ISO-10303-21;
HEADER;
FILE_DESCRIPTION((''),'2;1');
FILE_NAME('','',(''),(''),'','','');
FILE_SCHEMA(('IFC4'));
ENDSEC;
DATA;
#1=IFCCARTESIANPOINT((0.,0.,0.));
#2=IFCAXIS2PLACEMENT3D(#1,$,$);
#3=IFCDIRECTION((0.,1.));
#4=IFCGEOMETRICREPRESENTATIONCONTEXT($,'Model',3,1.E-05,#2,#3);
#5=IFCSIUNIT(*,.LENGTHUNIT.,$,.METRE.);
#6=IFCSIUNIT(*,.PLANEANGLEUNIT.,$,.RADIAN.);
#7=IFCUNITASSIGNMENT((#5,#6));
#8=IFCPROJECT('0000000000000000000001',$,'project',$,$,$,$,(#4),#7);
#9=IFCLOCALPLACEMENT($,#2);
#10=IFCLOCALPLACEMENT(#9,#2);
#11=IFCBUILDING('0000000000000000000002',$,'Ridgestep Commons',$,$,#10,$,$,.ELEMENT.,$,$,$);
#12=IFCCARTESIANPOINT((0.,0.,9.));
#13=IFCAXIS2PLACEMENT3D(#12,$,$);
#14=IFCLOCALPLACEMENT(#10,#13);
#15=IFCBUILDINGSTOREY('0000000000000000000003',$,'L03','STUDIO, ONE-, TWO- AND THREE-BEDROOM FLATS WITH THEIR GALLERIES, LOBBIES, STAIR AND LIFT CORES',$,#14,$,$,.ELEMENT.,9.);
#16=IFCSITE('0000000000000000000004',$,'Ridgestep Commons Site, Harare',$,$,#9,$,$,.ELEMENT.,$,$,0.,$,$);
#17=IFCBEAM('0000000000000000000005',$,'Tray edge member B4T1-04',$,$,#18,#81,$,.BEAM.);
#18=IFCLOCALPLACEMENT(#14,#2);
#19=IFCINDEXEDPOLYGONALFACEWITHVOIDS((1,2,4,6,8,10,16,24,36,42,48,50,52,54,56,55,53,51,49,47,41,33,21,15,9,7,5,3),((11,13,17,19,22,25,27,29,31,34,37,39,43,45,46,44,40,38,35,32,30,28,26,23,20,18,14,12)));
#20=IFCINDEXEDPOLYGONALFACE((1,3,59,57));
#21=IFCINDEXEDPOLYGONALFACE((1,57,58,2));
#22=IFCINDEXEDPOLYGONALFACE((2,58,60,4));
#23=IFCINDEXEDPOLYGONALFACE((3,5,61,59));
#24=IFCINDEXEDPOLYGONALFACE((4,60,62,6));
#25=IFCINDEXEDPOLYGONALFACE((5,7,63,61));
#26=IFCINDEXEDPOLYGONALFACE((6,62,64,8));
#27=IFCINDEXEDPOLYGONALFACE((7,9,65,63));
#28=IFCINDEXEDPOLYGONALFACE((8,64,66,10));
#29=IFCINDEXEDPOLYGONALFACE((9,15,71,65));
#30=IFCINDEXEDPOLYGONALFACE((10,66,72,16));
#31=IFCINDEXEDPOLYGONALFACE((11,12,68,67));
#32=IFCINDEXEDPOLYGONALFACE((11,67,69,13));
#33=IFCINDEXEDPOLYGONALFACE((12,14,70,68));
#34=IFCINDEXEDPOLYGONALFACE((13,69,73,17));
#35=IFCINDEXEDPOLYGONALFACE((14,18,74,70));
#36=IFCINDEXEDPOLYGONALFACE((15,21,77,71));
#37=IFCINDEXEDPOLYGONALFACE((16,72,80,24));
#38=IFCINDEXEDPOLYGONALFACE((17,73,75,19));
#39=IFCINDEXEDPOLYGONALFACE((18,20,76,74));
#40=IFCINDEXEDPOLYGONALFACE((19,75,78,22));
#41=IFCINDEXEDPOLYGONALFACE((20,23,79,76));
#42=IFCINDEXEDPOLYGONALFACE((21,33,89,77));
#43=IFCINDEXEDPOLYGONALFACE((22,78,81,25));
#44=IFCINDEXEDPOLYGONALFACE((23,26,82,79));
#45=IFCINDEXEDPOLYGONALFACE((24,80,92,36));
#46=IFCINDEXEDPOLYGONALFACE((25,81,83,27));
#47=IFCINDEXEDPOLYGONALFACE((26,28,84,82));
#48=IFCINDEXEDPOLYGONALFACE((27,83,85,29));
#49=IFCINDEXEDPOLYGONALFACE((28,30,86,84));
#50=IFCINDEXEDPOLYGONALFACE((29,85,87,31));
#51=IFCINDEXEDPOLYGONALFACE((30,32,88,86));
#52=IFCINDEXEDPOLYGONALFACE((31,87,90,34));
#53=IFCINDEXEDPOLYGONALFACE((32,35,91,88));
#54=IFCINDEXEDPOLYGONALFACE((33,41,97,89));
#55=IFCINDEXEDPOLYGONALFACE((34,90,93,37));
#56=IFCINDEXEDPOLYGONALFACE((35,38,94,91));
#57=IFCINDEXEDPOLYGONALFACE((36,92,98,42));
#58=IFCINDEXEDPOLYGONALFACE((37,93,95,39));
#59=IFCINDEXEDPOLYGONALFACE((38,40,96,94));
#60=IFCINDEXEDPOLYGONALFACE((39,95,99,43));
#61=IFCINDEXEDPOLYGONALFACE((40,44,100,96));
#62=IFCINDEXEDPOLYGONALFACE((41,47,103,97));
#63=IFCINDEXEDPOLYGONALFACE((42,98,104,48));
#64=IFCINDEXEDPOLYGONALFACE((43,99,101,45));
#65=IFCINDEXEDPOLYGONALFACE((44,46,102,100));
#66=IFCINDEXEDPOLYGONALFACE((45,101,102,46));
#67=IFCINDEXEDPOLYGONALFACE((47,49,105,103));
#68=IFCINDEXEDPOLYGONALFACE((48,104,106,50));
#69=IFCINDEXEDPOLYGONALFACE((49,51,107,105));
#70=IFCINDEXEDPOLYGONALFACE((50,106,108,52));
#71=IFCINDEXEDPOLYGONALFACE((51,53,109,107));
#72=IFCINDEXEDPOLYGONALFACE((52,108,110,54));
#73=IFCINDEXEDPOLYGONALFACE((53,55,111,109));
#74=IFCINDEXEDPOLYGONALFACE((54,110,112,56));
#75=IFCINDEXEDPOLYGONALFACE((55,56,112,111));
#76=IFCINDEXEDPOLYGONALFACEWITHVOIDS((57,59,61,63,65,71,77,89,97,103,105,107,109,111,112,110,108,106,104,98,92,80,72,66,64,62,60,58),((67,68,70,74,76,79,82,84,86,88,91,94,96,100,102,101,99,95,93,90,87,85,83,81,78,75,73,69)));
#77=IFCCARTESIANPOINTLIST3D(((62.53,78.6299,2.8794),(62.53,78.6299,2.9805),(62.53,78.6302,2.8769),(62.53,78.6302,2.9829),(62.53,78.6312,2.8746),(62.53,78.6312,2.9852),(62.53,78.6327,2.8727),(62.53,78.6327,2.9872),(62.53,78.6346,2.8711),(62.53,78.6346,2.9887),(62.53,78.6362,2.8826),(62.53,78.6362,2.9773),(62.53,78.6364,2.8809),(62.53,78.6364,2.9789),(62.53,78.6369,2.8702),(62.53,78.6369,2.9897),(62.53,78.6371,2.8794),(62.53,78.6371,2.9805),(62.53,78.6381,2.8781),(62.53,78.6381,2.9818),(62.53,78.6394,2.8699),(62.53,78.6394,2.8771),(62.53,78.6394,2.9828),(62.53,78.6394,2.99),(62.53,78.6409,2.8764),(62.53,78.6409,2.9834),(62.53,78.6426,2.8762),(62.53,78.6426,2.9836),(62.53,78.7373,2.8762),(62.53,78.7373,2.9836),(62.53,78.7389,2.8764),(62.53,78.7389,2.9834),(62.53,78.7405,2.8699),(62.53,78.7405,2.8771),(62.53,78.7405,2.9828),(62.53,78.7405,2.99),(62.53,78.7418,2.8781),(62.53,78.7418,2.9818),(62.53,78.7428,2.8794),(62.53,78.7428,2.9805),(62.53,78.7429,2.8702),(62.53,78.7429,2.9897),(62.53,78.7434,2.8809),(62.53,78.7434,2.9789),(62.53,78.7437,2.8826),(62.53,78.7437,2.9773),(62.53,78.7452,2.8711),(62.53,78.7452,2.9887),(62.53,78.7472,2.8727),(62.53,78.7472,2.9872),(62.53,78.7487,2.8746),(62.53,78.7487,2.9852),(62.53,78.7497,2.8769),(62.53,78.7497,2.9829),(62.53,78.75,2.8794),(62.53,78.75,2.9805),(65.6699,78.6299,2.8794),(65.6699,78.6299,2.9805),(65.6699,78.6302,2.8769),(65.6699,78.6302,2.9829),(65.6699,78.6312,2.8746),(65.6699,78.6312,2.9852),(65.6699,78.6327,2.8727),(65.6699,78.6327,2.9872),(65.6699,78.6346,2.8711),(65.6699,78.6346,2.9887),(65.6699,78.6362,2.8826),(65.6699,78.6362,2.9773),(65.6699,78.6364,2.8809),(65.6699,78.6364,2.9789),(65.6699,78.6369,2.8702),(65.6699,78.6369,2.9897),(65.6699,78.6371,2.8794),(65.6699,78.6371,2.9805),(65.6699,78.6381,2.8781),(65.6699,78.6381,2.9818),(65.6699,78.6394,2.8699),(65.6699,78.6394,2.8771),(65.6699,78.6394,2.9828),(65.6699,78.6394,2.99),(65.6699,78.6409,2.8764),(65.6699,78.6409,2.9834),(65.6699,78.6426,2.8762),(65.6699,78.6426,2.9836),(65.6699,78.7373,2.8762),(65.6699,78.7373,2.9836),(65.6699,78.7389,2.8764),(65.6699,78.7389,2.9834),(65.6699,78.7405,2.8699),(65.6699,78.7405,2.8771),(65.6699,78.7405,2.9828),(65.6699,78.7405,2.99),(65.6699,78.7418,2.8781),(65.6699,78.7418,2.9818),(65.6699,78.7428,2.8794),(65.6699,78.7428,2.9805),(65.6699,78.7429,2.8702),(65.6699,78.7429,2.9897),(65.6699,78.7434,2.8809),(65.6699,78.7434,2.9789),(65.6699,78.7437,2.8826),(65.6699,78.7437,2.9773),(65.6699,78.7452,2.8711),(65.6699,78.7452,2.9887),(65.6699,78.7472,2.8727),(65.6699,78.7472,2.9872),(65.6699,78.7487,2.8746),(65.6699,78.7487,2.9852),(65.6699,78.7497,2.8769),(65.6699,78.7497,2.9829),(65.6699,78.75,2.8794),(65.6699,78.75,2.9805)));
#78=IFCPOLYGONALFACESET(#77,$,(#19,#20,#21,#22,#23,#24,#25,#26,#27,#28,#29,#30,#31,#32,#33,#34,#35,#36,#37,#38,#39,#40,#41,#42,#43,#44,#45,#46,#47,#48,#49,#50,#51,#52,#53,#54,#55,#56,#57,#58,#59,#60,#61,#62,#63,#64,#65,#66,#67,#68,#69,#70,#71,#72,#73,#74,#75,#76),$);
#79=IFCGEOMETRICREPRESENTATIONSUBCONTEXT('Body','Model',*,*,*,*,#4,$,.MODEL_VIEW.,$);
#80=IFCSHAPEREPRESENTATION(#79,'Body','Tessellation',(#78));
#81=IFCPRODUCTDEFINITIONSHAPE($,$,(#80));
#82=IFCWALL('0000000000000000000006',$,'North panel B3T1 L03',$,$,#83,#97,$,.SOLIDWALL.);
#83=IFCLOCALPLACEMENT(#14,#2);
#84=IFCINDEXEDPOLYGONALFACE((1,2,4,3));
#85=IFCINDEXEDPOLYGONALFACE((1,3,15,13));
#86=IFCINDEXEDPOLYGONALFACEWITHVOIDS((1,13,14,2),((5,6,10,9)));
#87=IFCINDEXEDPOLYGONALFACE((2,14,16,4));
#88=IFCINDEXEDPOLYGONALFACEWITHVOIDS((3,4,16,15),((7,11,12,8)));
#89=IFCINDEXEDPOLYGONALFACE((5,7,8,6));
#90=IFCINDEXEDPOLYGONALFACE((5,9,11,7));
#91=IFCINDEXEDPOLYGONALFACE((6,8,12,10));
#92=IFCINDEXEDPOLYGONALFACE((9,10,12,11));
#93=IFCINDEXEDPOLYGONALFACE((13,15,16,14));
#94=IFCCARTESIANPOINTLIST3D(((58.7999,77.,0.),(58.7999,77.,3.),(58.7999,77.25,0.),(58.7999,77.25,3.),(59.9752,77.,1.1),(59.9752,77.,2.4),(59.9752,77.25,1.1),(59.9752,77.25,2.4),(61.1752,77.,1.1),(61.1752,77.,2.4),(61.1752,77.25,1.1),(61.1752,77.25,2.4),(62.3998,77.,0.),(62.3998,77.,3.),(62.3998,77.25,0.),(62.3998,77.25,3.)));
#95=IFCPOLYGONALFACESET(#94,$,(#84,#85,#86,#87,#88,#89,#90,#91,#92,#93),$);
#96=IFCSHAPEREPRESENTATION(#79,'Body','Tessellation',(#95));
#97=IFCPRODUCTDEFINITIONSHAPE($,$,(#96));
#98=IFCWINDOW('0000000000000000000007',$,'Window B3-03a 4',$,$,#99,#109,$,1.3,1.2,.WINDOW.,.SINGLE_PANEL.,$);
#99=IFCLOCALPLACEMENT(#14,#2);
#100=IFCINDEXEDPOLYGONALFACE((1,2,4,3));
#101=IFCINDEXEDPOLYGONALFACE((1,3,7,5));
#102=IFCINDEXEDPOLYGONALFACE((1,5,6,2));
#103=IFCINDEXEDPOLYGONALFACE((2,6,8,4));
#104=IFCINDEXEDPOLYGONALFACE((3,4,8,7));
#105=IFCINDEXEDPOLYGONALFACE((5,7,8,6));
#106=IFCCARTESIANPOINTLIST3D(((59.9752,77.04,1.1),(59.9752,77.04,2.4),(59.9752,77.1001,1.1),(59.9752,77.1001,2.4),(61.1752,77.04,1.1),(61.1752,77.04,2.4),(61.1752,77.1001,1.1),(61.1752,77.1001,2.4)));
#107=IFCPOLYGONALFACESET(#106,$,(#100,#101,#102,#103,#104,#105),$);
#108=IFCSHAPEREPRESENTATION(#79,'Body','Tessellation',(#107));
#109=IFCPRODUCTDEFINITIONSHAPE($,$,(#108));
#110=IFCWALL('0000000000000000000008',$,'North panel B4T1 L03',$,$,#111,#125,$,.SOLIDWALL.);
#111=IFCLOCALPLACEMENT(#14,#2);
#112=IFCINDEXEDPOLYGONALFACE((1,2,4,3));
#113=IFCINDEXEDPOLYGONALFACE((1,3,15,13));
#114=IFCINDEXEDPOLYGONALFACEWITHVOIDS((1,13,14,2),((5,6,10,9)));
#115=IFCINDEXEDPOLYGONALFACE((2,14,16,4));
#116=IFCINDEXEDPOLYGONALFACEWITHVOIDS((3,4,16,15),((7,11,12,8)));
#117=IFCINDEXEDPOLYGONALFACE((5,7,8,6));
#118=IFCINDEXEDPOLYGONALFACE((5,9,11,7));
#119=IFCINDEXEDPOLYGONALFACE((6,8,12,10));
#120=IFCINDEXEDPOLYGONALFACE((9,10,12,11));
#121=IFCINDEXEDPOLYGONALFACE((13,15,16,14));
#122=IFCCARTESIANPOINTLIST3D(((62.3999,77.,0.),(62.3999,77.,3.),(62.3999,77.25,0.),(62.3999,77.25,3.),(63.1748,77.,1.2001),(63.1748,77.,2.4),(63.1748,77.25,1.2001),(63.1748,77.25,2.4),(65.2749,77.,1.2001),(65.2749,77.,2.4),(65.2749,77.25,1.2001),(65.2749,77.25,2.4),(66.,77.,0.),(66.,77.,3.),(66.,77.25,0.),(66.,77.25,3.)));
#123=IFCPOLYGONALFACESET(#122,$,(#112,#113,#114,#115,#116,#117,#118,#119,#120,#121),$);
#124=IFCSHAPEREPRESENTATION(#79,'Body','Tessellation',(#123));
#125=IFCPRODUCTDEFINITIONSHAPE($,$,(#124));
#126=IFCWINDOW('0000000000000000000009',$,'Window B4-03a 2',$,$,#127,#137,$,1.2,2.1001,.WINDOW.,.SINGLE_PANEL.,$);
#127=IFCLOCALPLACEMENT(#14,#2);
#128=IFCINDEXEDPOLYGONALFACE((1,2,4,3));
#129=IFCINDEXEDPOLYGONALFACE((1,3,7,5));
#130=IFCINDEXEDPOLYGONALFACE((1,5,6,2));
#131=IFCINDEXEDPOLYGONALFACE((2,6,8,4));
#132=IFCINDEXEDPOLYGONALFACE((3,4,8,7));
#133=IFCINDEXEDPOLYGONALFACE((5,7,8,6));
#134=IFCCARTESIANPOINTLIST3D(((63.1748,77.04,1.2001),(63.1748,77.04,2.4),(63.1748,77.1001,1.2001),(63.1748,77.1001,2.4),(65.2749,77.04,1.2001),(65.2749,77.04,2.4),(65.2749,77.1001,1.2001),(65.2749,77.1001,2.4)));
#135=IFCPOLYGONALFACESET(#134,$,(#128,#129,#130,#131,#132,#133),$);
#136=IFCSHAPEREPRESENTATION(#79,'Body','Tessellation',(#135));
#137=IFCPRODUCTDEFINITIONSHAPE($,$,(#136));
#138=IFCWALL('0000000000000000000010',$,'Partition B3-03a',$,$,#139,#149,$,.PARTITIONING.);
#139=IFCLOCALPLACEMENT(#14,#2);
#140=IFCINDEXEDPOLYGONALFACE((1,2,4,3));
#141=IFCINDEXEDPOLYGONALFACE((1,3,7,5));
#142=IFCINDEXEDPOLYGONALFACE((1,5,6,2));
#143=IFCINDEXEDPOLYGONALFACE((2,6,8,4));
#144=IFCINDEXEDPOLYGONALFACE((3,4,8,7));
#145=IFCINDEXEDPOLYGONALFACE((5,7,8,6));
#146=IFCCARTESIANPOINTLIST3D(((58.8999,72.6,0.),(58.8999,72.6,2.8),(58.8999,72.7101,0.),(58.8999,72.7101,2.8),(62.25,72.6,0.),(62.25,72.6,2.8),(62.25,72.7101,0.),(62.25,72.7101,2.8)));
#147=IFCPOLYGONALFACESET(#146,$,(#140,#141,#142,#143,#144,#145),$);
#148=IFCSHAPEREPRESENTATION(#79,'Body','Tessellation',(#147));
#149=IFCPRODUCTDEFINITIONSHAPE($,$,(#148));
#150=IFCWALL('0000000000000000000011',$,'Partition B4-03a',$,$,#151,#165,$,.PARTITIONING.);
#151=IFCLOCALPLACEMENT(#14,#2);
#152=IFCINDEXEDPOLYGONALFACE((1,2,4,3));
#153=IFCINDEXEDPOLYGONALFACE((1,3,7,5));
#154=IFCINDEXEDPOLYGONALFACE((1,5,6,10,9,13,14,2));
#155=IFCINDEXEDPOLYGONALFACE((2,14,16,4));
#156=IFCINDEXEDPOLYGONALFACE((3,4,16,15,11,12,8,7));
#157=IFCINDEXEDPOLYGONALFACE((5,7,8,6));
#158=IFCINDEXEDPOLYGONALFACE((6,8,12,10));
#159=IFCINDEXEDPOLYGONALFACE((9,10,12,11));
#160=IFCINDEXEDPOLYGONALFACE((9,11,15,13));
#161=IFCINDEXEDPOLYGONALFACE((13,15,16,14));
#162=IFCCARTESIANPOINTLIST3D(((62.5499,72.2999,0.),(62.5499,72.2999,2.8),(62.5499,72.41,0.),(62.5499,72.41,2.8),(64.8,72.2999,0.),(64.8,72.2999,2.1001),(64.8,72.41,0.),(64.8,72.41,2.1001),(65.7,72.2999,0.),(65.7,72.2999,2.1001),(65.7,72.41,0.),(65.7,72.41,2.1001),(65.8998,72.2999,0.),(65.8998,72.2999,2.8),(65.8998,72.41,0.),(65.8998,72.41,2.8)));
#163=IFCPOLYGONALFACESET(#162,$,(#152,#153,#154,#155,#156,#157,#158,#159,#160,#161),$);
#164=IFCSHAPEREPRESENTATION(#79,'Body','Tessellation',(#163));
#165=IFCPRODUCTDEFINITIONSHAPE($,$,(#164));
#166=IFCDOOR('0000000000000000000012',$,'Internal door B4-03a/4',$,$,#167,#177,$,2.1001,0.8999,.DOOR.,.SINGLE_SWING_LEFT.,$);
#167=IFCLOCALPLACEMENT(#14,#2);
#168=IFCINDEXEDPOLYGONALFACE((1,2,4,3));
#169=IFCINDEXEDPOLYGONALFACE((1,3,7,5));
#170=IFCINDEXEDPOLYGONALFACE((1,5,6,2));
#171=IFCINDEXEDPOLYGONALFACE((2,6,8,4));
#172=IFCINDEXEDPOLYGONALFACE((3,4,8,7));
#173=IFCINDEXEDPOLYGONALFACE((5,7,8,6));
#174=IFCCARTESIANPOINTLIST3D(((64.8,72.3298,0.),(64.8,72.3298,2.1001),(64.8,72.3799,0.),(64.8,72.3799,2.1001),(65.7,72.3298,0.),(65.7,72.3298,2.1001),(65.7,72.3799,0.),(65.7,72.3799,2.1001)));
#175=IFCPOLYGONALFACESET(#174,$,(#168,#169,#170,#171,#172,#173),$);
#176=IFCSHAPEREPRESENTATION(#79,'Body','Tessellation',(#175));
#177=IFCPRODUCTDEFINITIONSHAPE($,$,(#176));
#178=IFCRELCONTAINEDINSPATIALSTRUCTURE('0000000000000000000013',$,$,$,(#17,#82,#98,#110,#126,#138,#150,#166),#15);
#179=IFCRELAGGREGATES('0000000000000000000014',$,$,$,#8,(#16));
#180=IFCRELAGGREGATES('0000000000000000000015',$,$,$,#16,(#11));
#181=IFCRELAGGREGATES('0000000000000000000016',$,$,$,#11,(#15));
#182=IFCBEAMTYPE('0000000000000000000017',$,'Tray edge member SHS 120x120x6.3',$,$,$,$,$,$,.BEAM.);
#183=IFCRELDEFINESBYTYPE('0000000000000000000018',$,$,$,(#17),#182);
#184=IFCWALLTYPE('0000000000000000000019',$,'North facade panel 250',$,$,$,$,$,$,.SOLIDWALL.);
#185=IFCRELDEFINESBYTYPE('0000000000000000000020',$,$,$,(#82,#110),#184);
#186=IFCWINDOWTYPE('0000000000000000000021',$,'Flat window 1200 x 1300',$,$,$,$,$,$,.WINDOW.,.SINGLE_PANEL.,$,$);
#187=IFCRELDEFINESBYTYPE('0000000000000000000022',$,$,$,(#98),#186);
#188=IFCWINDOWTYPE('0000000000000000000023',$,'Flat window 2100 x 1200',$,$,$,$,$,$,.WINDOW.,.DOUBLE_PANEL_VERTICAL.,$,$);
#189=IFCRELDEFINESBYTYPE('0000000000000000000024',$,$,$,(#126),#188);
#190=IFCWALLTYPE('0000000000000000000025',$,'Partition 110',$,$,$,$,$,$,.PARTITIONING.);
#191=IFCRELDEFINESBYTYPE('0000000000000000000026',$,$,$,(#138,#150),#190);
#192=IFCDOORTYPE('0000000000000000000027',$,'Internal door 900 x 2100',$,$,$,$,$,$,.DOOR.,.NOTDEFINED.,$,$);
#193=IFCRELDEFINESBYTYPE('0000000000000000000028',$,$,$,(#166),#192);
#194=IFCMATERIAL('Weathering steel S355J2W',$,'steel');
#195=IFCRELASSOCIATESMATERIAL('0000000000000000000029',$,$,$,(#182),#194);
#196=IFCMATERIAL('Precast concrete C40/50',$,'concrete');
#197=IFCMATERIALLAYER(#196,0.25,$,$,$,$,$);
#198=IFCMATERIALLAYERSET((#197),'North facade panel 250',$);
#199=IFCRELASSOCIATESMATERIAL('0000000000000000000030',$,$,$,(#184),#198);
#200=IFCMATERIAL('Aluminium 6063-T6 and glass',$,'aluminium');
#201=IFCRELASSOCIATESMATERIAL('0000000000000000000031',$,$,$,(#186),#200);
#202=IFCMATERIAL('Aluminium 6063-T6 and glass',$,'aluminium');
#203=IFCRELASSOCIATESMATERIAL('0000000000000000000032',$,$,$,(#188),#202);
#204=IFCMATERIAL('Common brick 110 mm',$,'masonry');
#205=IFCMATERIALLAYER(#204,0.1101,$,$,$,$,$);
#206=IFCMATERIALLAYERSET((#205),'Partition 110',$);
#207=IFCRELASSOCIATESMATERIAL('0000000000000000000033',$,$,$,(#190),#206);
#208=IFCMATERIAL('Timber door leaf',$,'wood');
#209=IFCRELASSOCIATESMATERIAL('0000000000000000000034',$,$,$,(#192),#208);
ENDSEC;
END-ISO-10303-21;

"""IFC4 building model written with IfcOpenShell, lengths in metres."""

from ifc_helpers import new_model, si_unit, direction, frame, frame_2d, origin, origin_2d, place, context, subcontext, project, spatial, rectangle, hollow_rectangle, extrude, material, layer, layer_set, material_profile, profile_set, type_object, element, fill, save


model = new_model("IFC4")

# Units and contexts
model_context = context("Model", 3, precision=1e-05, world=origin(), true_north=direction((0.0, 1.0)))
body_context = subcontext(model_context, "Body", "Model", "MODEL_VIEW")
ifc_project = project(units=[si_unit("LENGTHUNIT", "METRE"), si_unit("PLANEANGLEUNIT", "RADIAN")], contexts=[model_context])

# Site, building, storey
site_placement = place(None, origin())
site = spatial("IfcSite", under=ifc_project, at=site_placement, Name="Ridgestep Commons Site, Harare", CompositionType="ELEMENT", RefElevation=0.0)
building_placement = place(site_placement, origin())
building = spatial("IfcBuilding", under=site, at=building_placement, Name="Ridgestep Commons", CompositionType="ELEMENT")
storey_placement = place(building_placement, frame((0.0, 0.0, 9.0)))
storey = spatial("IfcBuildingStorey", under=building, at=storey_placement, Name="L03", Description="STUDIO, ONE-, TWO- AND THREE-BEDROOM FLATS WITH THEIR GALLERIES, LOBBIES, STAIR AND LIFT CORES", CompositionType="ELEMENT", Elevation=9.0)

# Beam
ifc_material_1 = material(Name="Weathering steel S355J2W", Category="steel")
ifc_material_profile_1 = material_profile(ifc_material_1, hollow_rectangle(XDim=0.1201, YDim=0.1201, WallThickness=0.0063, InnerFilletRadius=0.0063, OuterFilletRadius=0.0095, at=origin_2d()), Name="SHS 120x120x6.3")
ifc_profile_set_1 = profile_set([ifc_material_profile_1], Name="Weathering steel S355J2W")
beam_type_1 = type_object("IfcBeamType", Name="Tray edge member SHS 120x120x6.3", PredefinedType="BEAM", material=ifc_profile_set_1)
beam_placement = place(storey_placement, frame((62.53, 78.6899, 2.9299), z_axis=(1.0, 0.0, 0.0), x_axis=(0.0, 0.0, 1.0)))
element("IfcBeam", 1, at=beam_placement, inside=storey, type_object=beam_type_1, Name="Tray edge member B4T1-04", PredefinedType="BEAM", context=body_context, shape_type="SweptSolid", body=[
    extrude(hollow_rectangle(XDim=0.1201, YDim=0.1201, WallThickness=0.0063, InnerFilletRadius=0.0063, OuterFilletRadius=0.0095, at=origin_2d()), origin(), (0.0, 0.0, 1.0), 3.1399),
])

# Walls, openings, windows
ifc_material_2 = material(Name="Precast concrete C40/50", Category="concrete")
ifc_layer_1 = layer(ifc_material_2, 0.25)
ifc_layer_set_1 = layer_set([ifc_layer_1], Name="North facade panel 250")
wall_type_1 = type_object("IfcWallType", Name="North facade panel 250", PredefinedType="SOLIDWALL", material=ifc_layer_set_1)
wall_1_placement = place(storey_placement, frame((58.8, 77.125, 0.0), z_axis=(0.0, 0.0, 1.0), x_axis=(1.0, 0.0, 0.0)))
wall_1 = element("IfcWall", 2, at=wall_1_placement, inside=storey, type_object=wall_type_1, Name="North panel B3T1 L03", PredefinedType="SOLIDWALL", context=body_context, shape_type="SweptSolid", body=[
    extrude(rectangle(XDim=3.5999, YDim=0.25, at=frame_2d((1.7998, 0.0))), origin(), (0.0, 0.0, 1.0), 3.0),
])
opening_1_placement = place(wall_1_placement, frame((1.175, 0.0, 1.1001)))
opening_1 = element("IfcOpeningElement", 3, at=opening_1_placement, cuts=wall_1, PredefinedType="OPENING", context=body_context, shape_type="SweptSolid", body=[
    extrude(rectangle(XDim=1.2, YDim=1.3, at=frame_2d((0.6001, 0.6499))), frame((0.0, 0.135, 0.0), z_axis=(0.0, -1.0, 0.0), x_axis=(1.0, 0.0, 0.0)), (0.0, 0.0, 1.0), 0.27),
])
ifc_material_3 = material(Name="Aluminium 6063-T6 and glass", Category="aluminium")
window_type_1 = type_object("IfcWindowType", Name="Flat window 1200 x 1300", PartitioningType="SINGLE_PANEL", PredefinedType="WINDOW", material=ifc_material_3)
window_1_placement = place(opening_1_placement, origin())
window_1 = element("IfcWindow", 4, at=window_1_placement, inside=storey, type_object=window_type_1, Name="Window B3-03a 4", OverallHeight=1.3, OverallWidth=1.2, PartitioningType="SINGLE_PANEL", PredefinedType="WINDOW", context=body_context, shape_type="SweptSolid", body=[
    extrude(rectangle(XDim=1.2, YDim=1.3, at=frame_2d((0.6001, 0.6499))), frame((0.0, -0.0249, 0.0), z_axis=(0.0, -1.0, 0.0), x_axis=(1.0, 0.0, 0.0)), (0.0, 0.0, 1.0), 0.0601),
])
fill(opening_1, window_1)
wall_2_placement = place(storey_placement, frame((62.3999, 77.125, 0.0), z_axis=(0.0, 0.0, 1.0), x_axis=(1.0, 0.0, 0.0)))
wall_2 = element("IfcWall", 5, at=wall_2_placement, inside=storey, type_object=wall_type_1, Name="North panel B4T1 L03", PredefinedType="SOLIDWALL", context=body_context, shape_type="SweptSolid", body=[
    extrude(rectangle(XDim=3.6001, YDim=0.25, at=frame_2d((1.8, 0.0))), origin(), (0.0, 0.0, 1.0), 3.0),
])
opening_2_placement = place(wall_2_placement, frame((0.7749, 0.0, 1.2)))
opening_2 = element("IfcOpeningElement", 6, at=opening_2_placement, cuts=wall_2, PredefinedType="OPENING", context=body_context, shape_type="SweptSolid", body=[
    extrude(rectangle(XDim=2.1001, YDim=1.2, at=frame_2d((1.05, 0.6001))), frame((0.0, 0.135, 0.0), z_axis=(0.0, -1.0, 0.0), x_axis=(1.0, 0.0, 0.0)), (0.0, 0.0, 1.0), 0.27),
])
ifc_material_4 = material(Name="Aluminium 6063-T6 and glass", Category="aluminium")
window_type_2 = type_object("IfcWindowType", Name="Flat window 2100 x 1200", PartitioningType="DOUBLE_PANEL_VERTICAL", PredefinedType="WINDOW", material=ifc_material_4)
window_2_placement = place(opening_2_placement, origin())
window_2 = element("IfcWindow", 7, at=window_2_placement, inside=storey, type_object=window_type_2, Name="Window B4-03a 2", OverallHeight=1.2, OverallWidth=2.1001, PartitioningType="SINGLE_PANEL", PredefinedType="WINDOW", context=body_context, shape_type="SweptSolid", body=[
    extrude(rectangle(XDim=2.1001, YDim=1.2, at=frame_2d((1.05, 0.6001))), frame((0.0, -0.0249, 0.0), z_axis=(0.0, -1.0, 0.0), x_axis=(1.0, 0.0, 0.0)), (0.0, 0.0, 1.0), 0.0601),
])
fill(opening_2, window_2)

# Wall
ifc_material_5 = material(Name="Common brick 110 mm", Category="masonry")
ifc_layer_2 = layer(ifc_material_5, 0.1101)
ifc_layer_set_2 = layer_set([ifc_layer_2], Name="Partition 110")
wall_type_2 = type_object("IfcWallType", Name="Partition 110", PredefinedType="PARTITIONING", material=ifc_layer_set_2)
wall_3_placement = place(storey_placement, frame((58.8999, 72.655, 0.0), z_axis=(0.0, 0.0, 1.0), x_axis=(1.0, 0.0, 0.0)))
element("IfcWall", 8, at=wall_3_placement, inside=storey, type_object=wall_type_2, Name="Partition B3-03a", PredefinedType="PARTITIONING", context=body_context, shape_type="SweptSolid", body=[
    extrude(rectangle(XDim=3.3501, YDim=0.1101, at=frame_2d((1.675, 0.0))), origin(), (0.0, 0.0, 1.0), 2.8),
])

# Wall, opening, door
wall_4_placement = place(storey_placement, frame((62.55, 72.355, 0.0), z_axis=(0.0, 0.0, 1.0), x_axis=(1.0, 0.0, 0.0)))
wall_4 = element("IfcWall", 9, at=wall_4_placement, inside=storey, type_object=wall_type_2, Name="Partition B4-03a", PredefinedType="PARTITIONING", context=body_context, shape_type="SweptSolid", body=[
    extrude(rectangle(XDim=3.3499, YDim=0.1101, at=frame_2d((1.6748, 0.0))), origin(), (0.0, 0.0, 1.0), 2.8),
])
opening_3_placement = place(wall_4_placement, frame((2.25, 0.0, 0.0)))
opening_3 = element("IfcOpeningElement", 10, at=opening_3_placement, cuts=wall_4, PredefinedType="OPENING", context=body_context, shape_type="SweptSolid", body=[
    extrude(rectangle(XDim=0.8999, YDim=2.1001, at=frame_2d((0.45, 1.05))), frame((0.0, 0.0649, 0.0), z_axis=(0.0, -1.0, 0.0), x_axis=(1.0, 0.0, 0.0)), (0.0, 0.0, 1.0), 0.1301),
])
ifc_material_6 = material(Name="Timber door leaf", Category="wood")
door_type = type_object("IfcDoorType", Name="Internal door 900 x 2100", OperationType="NOTDEFINED", PredefinedType="DOOR", material=ifc_material_6)
door_placement = place(opening_3_placement, origin())
door = element("IfcDoor", 11, at=door_placement, inside=storey, type_object=door_type, Name="Internal door B4-03a/4", OperationType="SINGLE_SWING_LEFT", OverallHeight=2.1001, OverallWidth=0.8999, PredefinedType="DOOR", context=body_context, shape_type="SweptSolid", body=[
    extrude(rectangle(XDim=0.8999, YDim=2.1001, at=frame_2d((0.45, 1.05))), frame((0.0, 0.0249, 0.0), z_axis=(0.0, -1.0, 0.0), x_axis=(1.0, 0.0, 0.0)), (0.0, 0.0, 1.0), 0.05),
])
fill(opening_3, door)

save(model, "model.ifc")
